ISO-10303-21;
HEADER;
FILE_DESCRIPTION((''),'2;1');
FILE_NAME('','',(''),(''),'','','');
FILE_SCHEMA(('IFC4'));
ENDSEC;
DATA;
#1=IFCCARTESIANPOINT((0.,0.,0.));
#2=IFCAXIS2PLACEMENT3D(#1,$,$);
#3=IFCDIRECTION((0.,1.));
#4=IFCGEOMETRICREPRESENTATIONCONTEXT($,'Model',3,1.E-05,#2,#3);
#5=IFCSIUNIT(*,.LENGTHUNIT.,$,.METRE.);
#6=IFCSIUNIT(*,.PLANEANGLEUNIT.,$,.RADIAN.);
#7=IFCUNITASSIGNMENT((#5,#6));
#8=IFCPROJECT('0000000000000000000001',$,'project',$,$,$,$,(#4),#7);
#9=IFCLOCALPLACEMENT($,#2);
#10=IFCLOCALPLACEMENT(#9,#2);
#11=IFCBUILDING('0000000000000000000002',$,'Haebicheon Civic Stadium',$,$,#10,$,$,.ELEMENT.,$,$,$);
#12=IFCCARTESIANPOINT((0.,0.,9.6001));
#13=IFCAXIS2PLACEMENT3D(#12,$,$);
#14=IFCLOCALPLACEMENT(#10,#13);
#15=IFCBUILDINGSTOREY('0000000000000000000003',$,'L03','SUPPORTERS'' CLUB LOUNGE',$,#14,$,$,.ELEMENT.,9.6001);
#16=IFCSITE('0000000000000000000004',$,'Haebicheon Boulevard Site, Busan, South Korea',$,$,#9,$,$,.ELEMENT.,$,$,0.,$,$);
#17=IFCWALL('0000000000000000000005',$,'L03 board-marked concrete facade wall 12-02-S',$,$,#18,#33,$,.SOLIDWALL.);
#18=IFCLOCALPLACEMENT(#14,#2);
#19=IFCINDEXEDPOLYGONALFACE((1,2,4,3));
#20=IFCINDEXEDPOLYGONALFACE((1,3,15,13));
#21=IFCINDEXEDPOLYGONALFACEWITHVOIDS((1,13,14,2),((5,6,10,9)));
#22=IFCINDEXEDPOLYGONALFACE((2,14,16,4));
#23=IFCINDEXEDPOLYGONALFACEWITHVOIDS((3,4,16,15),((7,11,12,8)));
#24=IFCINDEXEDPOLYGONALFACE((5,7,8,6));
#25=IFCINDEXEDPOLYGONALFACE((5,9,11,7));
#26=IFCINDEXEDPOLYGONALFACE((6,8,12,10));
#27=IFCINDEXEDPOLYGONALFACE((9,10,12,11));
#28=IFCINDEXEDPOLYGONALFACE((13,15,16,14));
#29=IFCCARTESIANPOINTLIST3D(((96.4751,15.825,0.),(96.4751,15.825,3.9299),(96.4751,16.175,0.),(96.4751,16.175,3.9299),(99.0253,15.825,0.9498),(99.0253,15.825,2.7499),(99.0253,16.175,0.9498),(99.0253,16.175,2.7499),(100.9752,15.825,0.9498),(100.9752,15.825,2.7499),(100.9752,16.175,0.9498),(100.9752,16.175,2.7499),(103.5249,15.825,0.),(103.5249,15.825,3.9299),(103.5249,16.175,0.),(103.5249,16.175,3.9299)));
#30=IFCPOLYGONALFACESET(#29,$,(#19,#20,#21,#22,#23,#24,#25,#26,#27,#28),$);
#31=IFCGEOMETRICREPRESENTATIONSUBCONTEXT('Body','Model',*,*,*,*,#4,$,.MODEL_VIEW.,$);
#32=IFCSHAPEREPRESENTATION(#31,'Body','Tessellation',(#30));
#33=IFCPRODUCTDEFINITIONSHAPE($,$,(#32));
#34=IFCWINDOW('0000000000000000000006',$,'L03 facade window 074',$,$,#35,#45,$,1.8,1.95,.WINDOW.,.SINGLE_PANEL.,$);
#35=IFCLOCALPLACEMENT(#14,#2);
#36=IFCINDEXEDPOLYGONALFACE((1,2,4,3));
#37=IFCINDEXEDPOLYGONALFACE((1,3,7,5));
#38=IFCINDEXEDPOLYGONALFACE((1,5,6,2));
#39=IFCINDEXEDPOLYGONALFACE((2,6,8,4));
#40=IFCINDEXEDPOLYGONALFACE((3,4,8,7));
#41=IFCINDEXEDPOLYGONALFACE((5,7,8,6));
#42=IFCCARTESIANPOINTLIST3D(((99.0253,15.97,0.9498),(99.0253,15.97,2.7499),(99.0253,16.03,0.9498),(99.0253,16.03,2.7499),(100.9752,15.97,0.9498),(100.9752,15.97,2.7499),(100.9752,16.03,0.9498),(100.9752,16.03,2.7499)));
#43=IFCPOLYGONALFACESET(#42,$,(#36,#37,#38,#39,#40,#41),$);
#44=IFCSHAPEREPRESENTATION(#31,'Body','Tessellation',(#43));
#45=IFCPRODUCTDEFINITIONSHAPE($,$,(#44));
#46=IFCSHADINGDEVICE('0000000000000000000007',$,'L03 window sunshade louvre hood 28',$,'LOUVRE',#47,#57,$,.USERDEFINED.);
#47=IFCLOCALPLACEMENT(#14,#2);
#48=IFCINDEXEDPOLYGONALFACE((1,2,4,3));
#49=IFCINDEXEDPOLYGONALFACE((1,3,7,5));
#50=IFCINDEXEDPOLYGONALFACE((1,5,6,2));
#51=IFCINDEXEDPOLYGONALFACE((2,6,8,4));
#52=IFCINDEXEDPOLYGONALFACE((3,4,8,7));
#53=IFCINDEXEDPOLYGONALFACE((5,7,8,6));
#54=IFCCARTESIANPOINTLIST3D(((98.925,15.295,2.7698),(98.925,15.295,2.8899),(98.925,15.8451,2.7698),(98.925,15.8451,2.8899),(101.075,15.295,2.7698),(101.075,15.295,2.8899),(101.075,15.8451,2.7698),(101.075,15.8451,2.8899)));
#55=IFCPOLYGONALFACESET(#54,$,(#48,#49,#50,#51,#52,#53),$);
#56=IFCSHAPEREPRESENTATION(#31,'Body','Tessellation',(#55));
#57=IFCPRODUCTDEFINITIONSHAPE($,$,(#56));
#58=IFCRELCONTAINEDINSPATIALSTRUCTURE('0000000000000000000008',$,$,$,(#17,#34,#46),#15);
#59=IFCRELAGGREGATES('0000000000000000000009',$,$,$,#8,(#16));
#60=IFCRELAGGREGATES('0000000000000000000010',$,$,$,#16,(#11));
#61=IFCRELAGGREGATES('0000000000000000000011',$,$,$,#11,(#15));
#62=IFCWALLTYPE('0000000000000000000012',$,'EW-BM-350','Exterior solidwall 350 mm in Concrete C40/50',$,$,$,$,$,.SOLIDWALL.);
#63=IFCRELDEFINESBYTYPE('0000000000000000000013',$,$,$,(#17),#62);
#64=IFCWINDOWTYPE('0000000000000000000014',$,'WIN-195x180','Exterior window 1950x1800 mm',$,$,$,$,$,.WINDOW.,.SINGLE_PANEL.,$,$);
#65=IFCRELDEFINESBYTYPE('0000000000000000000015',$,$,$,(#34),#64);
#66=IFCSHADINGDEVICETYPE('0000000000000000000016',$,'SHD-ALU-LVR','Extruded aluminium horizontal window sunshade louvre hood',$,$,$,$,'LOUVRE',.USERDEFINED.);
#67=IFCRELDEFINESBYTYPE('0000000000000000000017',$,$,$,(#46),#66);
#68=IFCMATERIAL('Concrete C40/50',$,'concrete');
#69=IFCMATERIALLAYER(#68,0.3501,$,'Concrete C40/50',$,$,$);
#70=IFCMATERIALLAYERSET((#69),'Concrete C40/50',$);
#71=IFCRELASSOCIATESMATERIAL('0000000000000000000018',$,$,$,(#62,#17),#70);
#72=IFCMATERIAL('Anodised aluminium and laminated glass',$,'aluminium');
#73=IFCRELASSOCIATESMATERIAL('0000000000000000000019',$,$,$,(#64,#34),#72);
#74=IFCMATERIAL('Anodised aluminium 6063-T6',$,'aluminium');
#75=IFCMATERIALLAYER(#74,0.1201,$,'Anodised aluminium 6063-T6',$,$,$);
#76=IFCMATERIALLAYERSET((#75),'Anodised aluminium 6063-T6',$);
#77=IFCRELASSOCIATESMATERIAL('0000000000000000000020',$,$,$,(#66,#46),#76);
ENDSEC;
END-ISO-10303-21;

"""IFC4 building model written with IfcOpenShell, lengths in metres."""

from ifc_helpers import new_model, si_unit, direction, frame, frame_2d, origin, origin_2d, place, context, subcontext, project, spatial, rectangle, extrude, material, layer, layer_set, type_object, element, fill, save


model = new_model("IFC4")

# Units and contexts
model_context = context("Model", 3, precision=1e-05, world=origin(), true_north=direction((0.0, 1.0)))
body_context = subcontext(model_context, "Body", "Model", "MODEL_VIEW")
ifc_project = project(units=[si_unit("LENGTHUNIT", "METRE"), si_unit("PLANEANGLEUNIT", "RADIAN")], contexts=[model_context])

# Site, building, storey
site_placement = place(None, origin())
site = spatial("IfcSite", under=ifc_project, at=site_placement, Name="Haebicheon Boulevard Site, Busan, South Korea", CompositionType="ELEMENT", RefElevation=0.0)
building_placement = place(site_placement, origin())
building = spatial("IfcBuilding", under=site, at=building_placement, Name="Haebicheon Civic Stadium", CompositionType="ELEMENT")
storey_placement = place(building_placement, frame((0.0, 0.0, 9.6001)))
storey = spatial("IfcBuildingStorey", under=building, at=storey_placement, Name="L03", Description="SUPPORTERS' CLUB LOUNGE", CompositionType="ELEMENT", Elevation=9.6001)

# Wall, opening, window
ifc_material_1 = material(Name="Concrete C40/50", Category="concrete")
ifc_layer_1 = layer(ifc_material_1, 0.3501, Name="Concrete C40/50")
ifc_layer_set_1 = layer_set([ifc_layer_1], Name="Concrete C40/50")
wall_type_1 = type_object("IfcWallType", Name="EW-BM-350", Description="Exterior solidwall 350 mm in Concrete C40/50", PredefinedType="SOLIDWALL", material=ifc_layer_set_1)
wall_1_placement = place(storey_placement, frame((96.4751, 16.0, 0.0), z_axis=(0.0, 0.0, 1.0), x_axis=(1.0, 0.0, 0.0)))
wall_1 = element("IfcWall", 1, at=wall_1_placement, inside=storey, type_object=wall_type_1, material=ifc_layer_set_1, Name="L03 board-marked concrete facade wall 12-02-S", PredefinedType="SOLIDWALL", context=body_context, shape_type="SweptSolid", body=[
    extrude(rectangle(XDim=7.0498, YDim=0.3501, at=frame_2d((3.5249, 0.0))), origin(), (0.0, 0.0, 1.0), 3.9299),
])
opening_placement = place(wall_1_placement, frame((2.55, 0.0, 0.95)))
opening = element("IfcOpeningElement", 2, at=opening_placement, cuts=wall_1, PredefinedType="OPENING", context=body_context, shape_type="SweptSolid", body=[
    extrude(rectangle(XDim=1.95, YDim=1.8, at=frame_2d((0.9751, 0.8999))), frame((0.0, 0.1851, 0.0), z_axis=(0.0, -1.0, 0.0), x_axis=(1.0, 0.0, 0.0)), (0.0, 0.0, 1.0), 0.3701),
])
ifc_material_2 = material(Name="Anodised aluminium and laminated glass", Category="aluminium")
window_type = type_object("IfcWindowType", Name="WIN-195x180", Description="Exterior window 1950x1800 mm", PartitioningType="SINGLE_PANEL", PredefinedType="WINDOW", material=ifc_material_2)
window_placement = place(opening_placement, origin())
window = element("IfcWindow", 3, at=window_placement, inside=storey, type_object=window_type, material=ifc_material_2, Name="L03 facade window 074", OverallHeight=1.8, OverallWidth=1.95, PartitioningType="SINGLE_PANEL", PredefinedType="WINDOW", context=body_context, shape_type="SweptSolid", body=[
    extrude(rectangle(XDim=1.95, YDim=1.8, at=frame_2d((0.9751, 0.8999))), frame((0.0, 0.03, 0.0), z_axis=(0.0, -1.0, 0.0), x_axis=(1.0, 0.0, 0.0)), (0.0, 0.0, 1.0), 0.0601),
])
fill(opening, window)

# Shading device
ifc_material_3 = material(Name="Anodised aluminium 6063-T6", Category="aluminium")
ifc_layer_2 = layer(ifc_material_3, 0.1201, Name="Anodised aluminium 6063-T6")
ifc_layer_set_2 = layer_set([ifc_layer_2], Name="Anodised aluminium 6063-T6")
shading_device_type = type_object("IfcShadingDeviceType", Name="SHD-ALU-LVR", Description="Extruded aluminium horizontal window sunshade louvre hood", ElementType="LOUVRE", PredefinedType="USERDEFINED", material=ifc_layer_set_2)
shading_device_placement = place(storey_placement, frame((100.0, 15.5701, 2.7698), z_axis=(0.0, 0.0, 1.0), x_axis=(1.0, 0.0, 0.0)))
element("IfcShadingDevice", 4, at=shading_device_placement, inside=storey, type_object=shading_device_type, material=ifc_layer_set_2, Name="L03 window sunshade louvre hood 28", ObjectType="LOUVRE", PredefinedType="USERDEFINED", context=body_context, shape_type="SweptSolid", body=[
    extrude(rectangle(XDim=2.1499, YDim=0.55, at=origin_2d()), origin(), (0.0, 0.0, 1.0), 0.1201),
])

save(model, "model.ifc")
